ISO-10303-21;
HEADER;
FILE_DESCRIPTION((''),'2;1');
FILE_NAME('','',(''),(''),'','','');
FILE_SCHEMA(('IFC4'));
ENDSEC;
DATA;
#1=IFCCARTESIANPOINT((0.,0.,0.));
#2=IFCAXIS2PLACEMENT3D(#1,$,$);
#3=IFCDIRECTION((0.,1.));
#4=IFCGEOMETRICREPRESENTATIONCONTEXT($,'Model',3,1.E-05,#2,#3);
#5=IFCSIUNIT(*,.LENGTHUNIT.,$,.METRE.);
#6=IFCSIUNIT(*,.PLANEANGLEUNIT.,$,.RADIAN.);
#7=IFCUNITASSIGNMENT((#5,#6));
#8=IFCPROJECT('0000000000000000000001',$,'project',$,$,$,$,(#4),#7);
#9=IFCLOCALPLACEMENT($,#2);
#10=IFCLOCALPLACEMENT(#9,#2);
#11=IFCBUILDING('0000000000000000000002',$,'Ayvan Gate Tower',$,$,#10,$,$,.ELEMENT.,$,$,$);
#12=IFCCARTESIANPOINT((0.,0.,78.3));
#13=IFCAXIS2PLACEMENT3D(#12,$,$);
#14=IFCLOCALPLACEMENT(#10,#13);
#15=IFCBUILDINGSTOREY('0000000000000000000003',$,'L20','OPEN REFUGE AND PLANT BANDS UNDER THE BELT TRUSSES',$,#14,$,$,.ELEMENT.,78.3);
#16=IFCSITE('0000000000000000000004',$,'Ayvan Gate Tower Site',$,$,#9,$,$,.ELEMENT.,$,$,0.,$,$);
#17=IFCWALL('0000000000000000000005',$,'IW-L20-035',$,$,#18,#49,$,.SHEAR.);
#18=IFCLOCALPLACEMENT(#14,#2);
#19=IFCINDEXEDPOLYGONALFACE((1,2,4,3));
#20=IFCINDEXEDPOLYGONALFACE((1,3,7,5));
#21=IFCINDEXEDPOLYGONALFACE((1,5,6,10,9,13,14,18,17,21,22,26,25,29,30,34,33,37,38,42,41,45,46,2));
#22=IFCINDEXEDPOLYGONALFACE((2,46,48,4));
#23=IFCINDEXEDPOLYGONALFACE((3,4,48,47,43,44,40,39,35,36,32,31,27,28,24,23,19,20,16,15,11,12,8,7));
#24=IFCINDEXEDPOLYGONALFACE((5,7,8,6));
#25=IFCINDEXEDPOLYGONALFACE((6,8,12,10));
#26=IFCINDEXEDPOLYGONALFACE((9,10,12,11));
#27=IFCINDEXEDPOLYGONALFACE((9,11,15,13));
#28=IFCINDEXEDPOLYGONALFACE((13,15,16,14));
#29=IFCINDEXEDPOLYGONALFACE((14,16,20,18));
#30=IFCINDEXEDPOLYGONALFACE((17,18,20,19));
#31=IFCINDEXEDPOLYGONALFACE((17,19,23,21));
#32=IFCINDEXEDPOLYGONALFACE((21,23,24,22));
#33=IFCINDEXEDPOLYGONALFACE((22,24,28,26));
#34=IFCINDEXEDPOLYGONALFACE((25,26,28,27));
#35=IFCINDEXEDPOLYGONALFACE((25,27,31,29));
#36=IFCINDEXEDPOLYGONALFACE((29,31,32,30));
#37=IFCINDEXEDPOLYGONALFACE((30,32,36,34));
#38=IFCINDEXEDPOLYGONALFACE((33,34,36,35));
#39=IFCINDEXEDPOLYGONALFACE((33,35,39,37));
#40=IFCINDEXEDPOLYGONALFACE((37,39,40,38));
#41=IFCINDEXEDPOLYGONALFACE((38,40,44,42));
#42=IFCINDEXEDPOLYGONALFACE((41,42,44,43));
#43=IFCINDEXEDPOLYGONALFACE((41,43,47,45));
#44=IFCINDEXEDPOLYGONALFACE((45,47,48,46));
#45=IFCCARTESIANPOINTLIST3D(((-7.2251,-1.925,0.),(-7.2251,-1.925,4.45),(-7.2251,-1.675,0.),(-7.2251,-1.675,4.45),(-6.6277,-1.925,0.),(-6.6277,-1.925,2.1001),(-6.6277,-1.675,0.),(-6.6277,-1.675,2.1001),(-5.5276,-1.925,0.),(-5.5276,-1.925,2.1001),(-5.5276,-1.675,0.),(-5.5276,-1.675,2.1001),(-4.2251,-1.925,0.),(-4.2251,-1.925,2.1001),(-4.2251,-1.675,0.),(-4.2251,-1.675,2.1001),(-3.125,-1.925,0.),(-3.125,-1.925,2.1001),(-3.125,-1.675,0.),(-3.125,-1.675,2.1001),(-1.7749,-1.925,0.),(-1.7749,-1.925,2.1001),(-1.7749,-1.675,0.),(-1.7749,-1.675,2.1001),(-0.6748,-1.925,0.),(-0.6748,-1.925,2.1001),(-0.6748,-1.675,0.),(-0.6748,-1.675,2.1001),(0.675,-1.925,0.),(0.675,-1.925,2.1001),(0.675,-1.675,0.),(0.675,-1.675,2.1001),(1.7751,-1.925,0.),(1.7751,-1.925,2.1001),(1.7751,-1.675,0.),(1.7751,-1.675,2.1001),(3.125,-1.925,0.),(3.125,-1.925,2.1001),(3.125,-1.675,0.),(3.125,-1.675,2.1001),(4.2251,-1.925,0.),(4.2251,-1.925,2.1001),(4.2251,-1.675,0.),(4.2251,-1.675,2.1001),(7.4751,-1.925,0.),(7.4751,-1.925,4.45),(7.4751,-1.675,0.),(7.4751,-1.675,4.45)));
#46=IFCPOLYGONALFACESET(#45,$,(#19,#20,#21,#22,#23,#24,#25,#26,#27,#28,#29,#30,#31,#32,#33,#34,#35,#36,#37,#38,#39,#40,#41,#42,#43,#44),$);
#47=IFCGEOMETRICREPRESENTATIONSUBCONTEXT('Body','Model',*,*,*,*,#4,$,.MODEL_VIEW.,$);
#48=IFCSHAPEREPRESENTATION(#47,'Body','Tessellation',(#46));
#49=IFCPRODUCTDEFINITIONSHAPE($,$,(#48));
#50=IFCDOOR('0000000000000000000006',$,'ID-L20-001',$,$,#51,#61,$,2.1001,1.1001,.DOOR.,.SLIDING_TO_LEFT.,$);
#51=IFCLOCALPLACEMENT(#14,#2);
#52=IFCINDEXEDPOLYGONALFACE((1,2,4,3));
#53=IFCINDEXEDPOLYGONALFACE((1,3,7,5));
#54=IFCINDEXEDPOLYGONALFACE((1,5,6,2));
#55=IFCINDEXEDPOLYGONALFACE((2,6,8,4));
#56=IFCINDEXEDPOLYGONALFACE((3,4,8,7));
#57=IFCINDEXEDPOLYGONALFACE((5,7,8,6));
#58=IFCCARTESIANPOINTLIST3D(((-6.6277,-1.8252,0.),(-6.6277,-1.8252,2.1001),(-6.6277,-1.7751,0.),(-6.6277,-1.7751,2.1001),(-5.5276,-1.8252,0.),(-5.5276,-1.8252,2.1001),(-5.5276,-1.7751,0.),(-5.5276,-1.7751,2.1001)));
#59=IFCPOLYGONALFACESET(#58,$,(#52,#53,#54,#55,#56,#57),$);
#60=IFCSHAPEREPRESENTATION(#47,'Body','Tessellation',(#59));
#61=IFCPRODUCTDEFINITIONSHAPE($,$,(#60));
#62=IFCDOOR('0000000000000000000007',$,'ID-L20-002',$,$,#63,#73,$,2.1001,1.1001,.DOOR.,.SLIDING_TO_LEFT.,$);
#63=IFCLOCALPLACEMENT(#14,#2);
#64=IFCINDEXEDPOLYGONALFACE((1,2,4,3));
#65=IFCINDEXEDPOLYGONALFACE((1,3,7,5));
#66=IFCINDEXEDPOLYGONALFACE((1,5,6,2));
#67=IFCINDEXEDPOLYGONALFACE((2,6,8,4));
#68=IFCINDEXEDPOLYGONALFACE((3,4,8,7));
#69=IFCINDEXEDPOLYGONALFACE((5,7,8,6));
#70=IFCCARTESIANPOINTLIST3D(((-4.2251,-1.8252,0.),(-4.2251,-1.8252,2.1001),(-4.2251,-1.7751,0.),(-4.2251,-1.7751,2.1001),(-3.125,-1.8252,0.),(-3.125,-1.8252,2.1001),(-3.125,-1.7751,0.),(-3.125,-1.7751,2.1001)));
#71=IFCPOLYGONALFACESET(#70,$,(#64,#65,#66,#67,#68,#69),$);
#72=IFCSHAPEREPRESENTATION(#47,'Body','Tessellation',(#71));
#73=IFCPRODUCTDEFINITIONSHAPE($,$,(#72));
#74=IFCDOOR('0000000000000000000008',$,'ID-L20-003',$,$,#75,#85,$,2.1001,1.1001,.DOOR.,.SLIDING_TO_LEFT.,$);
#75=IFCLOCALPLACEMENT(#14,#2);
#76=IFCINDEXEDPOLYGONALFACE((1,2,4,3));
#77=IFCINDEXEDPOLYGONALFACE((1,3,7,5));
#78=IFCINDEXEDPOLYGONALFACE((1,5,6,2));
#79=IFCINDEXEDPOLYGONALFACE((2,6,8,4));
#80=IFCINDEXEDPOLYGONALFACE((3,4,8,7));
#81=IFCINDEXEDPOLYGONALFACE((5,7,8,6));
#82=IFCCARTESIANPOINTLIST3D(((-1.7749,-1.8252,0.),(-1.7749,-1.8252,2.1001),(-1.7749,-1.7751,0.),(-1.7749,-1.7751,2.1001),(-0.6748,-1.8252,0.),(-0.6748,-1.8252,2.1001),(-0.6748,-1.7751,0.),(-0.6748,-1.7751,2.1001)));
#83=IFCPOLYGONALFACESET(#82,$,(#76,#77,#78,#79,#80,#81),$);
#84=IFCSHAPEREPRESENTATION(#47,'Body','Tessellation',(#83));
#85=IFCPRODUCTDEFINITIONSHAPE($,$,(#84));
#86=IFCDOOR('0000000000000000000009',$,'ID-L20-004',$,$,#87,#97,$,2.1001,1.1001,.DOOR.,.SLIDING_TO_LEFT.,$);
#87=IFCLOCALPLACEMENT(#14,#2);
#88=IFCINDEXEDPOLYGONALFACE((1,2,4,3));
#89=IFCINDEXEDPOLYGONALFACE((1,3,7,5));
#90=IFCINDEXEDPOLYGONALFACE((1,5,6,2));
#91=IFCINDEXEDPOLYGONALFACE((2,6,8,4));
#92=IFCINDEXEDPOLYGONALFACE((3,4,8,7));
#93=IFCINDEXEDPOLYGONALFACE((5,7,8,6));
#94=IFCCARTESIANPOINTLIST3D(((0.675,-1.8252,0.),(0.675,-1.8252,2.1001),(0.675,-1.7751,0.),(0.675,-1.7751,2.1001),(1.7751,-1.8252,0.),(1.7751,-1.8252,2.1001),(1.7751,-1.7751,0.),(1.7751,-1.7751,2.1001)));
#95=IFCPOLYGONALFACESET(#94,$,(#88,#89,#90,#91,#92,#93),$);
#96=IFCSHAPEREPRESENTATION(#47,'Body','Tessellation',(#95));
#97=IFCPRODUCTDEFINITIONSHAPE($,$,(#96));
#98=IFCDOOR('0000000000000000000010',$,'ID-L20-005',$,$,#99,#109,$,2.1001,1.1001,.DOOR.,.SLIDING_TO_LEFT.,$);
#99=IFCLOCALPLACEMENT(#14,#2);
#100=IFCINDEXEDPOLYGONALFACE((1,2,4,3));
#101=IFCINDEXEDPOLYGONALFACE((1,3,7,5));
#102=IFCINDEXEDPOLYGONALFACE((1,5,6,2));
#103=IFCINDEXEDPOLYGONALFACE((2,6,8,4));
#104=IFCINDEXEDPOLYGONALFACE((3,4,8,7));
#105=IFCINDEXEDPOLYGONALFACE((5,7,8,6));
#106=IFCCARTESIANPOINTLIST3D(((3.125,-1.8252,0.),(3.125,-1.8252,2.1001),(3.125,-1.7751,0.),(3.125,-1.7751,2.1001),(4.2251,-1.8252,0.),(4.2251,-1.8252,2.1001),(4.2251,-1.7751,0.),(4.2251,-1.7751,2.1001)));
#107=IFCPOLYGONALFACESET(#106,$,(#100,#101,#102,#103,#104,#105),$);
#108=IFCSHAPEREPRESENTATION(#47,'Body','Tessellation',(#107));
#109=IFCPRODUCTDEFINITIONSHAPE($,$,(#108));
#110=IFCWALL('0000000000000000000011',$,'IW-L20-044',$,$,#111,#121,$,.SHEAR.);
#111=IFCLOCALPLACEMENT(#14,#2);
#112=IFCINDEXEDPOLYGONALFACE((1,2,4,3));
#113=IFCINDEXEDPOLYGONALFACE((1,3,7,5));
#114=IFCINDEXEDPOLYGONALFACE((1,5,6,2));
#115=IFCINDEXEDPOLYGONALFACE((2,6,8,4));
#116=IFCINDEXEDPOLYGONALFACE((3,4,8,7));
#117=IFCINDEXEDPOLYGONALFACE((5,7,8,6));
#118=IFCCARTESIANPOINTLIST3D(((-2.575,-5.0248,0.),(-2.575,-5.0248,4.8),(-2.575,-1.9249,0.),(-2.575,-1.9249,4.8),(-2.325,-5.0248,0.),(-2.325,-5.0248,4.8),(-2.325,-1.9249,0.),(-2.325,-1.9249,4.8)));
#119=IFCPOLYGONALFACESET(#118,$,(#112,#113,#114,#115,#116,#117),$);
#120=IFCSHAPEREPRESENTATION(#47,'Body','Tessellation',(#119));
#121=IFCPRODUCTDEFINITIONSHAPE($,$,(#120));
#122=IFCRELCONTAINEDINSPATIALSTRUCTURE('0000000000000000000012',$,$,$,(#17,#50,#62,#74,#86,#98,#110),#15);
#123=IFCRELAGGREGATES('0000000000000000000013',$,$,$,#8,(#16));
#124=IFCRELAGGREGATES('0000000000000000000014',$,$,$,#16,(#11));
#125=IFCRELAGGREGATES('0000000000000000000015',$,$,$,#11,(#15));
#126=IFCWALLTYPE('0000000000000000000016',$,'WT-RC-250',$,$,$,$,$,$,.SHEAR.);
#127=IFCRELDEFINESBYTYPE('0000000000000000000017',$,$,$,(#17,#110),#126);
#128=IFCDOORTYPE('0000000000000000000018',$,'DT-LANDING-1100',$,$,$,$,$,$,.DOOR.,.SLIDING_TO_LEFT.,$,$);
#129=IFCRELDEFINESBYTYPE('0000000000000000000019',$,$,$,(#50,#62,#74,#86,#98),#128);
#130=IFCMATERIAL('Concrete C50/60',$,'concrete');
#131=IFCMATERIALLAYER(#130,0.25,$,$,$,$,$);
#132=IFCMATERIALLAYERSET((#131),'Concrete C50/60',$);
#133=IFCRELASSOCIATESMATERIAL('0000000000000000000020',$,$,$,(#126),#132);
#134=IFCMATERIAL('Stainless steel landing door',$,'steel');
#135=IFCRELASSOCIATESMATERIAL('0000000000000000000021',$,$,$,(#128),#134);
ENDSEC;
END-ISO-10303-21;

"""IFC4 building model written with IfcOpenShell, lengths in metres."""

from ifc_helpers import new_model, si_unit, direction, frame, frame_2d, origin, place, context, subcontext, project, spatial, rectangle, extrude, material, layer, layer_set, type_object, element, fill, save


model = new_model("IFC4")

# Units and contexts
model_context = context("Model", 3, precision=1e-05, world=origin(), true_north=direction((0.0, 1.0)))
body_context = subcontext(model_context, "Body", "Model", "MODEL_VIEW")
ifc_project = project(units=[si_unit("LENGTHUNIT", "METRE"), si_unit("PLANEANGLEUNIT", "RADIAN")], contexts=[model_context])

# Site, building, storey
site_placement = place(None, origin())
site = spatial("IfcSite", under=ifc_project, at=site_placement, Name="Ayvan Gate Tower Site", CompositionType="ELEMENT", RefElevation=0.0)
building_placement = place(site_placement, origin())
building = spatial("IfcBuilding", under=site, at=building_placement, Name="Ayvan Gate Tower", CompositionType="ELEMENT")
storey_placement = place(building_placement, frame((0.0, 0.0, 78.3)))
storey = spatial("IfcBuildingStorey", under=building, at=storey_placement, Name="L20", Description="OPEN REFUGE AND PLANT BANDS UNDER THE BELT TRUSSES", CompositionType="ELEMENT", Elevation=78.3)

# Shared definitions
ifc_material_1 = material(Name="Concrete C50/60", Category="concrete")
ifc_layer_1 = layer(ifc_material_1, 0.25)
ifc_layer_set_1 = layer_set([ifc_layer_1], Name="Concrete C50/60")
wall_type_1 = type_object("IfcWallType", Name="WT-RC-250", PredefinedType="SHEAR", material=ifc_layer_set_1)

# Wall, openings, doors
wall_1_placement = place(storey_placement, frame((-7.2251, -1.8, 0.0), z_axis=(0.0, 0.0, 1.0), x_axis=(1.0, 0.0, 0.0)))
wall_1 = element("IfcWall", 1, at=wall_1_placement, inside=storey, type_object=wall_type_1, Name="IW-L20-035", PredefinedType="SHEAR", context=body_context, shape_type="SweptSolid", body=[
    extrude(rectangle(XDim=14.7002, YDim=0.25, at=frame_2d((7.3501, 0.0))), origin(), (0.0, 0.0, 1.0), 4.45),
])
opening_1_placement = place(wall_1_placement, frame((0.5974, 0.0, 0.0)))
opening_1 = element("IfcOpeningElement", 2, at=opening_1_placement, cuts=wall_1, PredefinedType="OPENING", context=body_context, shape_type="SweptSolid", body=[
    extrude(rectangle(XDim=1.1001, YDim=2.1001, at=frame_2d((0.55, 1.05))), frame((0.0, 0.135, 0.0), z_axis=(0.0, -1.0, 0.0), x_axis=(1.0, 0.0, 0.0)), (0.0, 0.0, 1.0), 0.27),
])
opening_2_placement = place(wall_1_placement, frame((3.0, 0.0, 0.0)))
opening_2 = element("IfcOpeningElement", 3, at=opening_2_placement, cuts=wall_1, PredefinedType="OPENING", context=body_context, shape_type="SweptSolid", body=[
    extrude(rectangle(XDim=1.1001, YDim=2.1001, at=frame_2d((0.55, 1.05))), frame((0.0, 0.135, 0.0), z_axis=(0.0, -1.0, 0.0), x_axis=(1.0, 0.0, 0.0)), (0.0, 0.0, 1.0), 0.27),
])
opening_3_placement = place(wall_1_placement, frame((5.4502, 0.0, 0.0)))
opening_3 = element("IfcOpeningElement", 4, at=opening_3_placement, cuts=wall_1, PredefinedType="OPENING", context=body_context, shape_type="SweptSolid", body=[
    extrude(rectangle(XDim=1.1001, YDim=2.1001, at=frame_2d((0.55, 1.05))), frame((0.0, 0.135, 0.0), z_axis=(0.0, -1.0, 0.0), x_axis=(1.0, 0.0, 0.0)), (0.0, 0.0, 1.0), 0.27),
])
opening_4_placement = place(wall_1_placement, frame((7.9001, 0.0, 0.0)))
opening_4 = element("IfcOpeningElement", 5, at=opening_4_placement, cuts=wall_1, PredefinedType="OPENING", context=body_context, shape_type="SweptSolid", body=[
    extrude(rectangle(XDim=1.1001, YDim=2.1001, at=frame_2d((0.55, 1.05))), frame((0.0, 0.135, 0.0), z_axis=(0.0, -1.0, 0.0), x_axis=(1.0, 0.0, 0.0)), (0.0, 0.0, 1.0), 0.27),
])
opening_5_placement = place(wall_1_placement, frame((10.3501, 0.0, 0.0)))
opening_5 = element("IfcOpeningElement", 6, at=opening_5_placement, cuts=wall_1, PredefinedType="OPENING", context=body_context, shape_type="SweptSolid", body=[
    extrude(rectangle(XDim=1.1001, YDim=2.1001, at=frame_2d((0.55, 1.05))), frame((0.0, 0.135, 0.0), z_axis=(0.0, -1.0, 0.0), x_axis=(1.0, 0.0, 0.0)), (0.0, 0.0, 1.0), 0.27),
])
ifc_material_2 = material(Name="Stainless steel landing door", Category="steel")
door_type_1 = type_object("IfcDoorType", Name="DT-LANDING-1100", OperationType="SLIDING_TO_LEFT", PredefinedType="DOOR", material=ifc_material_2)
door_1_placement = place(opening_1_placement, origin())
door_1 = element("IfcDoor", 7, at=door_1_placement, inside=storey, type_object=door_type_1, Name="ID-L20-001", OperationType="SLIDING_TO_LEFT", OverallHeight=2.1001, OverallWidth=1.1001, PredefinedType="DOOR", context=body_context, shape_type="SweptSolid", body=[
    extrude(rectangle(XDim=1.1001, YDim=2.1001, at=frame_2d((0.55, 1.05))), frame((0.0, 0.0249, 0.0), z_axis=(0.0, -1.0, 0.0), x_axis=(1.0, 0.0, 0.0)), (0.0, 0.0, 1.0), 0.05),
])
fill(opening_1, door_1)
door_2_placement = place(opening_2_placement, origin())
door_2 = element("IfcDoor", 8, at=door_2_placement, inside=storey, type_object=door_type_1, Name="ID-L20-002", OperationType="SLIDING_TO_LEFT", OverallHeight=2.1001, OverallWidth=1.1001, PredefinedType="DOOR", context=body_context, shape_type="SweptSolid", body=[
    extrude(rectangle(XDim=1.1001, YDim=2.1001, at=frame_2d((0.55, 1.05))), frame((0.0, 0.0249, 0.0), z_axis=(0.0, -1.0, 0.0), x_axis=(1.0, 0.0, 0.0)), (0.0, 0.0, 1.0), 0.05),
])
fill(opening_2, door_2)
door_3_placement = place(opening_3_placement, origin())
door_3 = element("IfcDoor", 9, at=door_3_placement, inside=storey, type_object=door_type_1, Name="ID-L20-003", OperationType="SLIDING_TO_LEFT", OverallHeight=2.1001, OverallWidth=1.1001, PredefinedType="DOOR", context=body_context, shape_type="SweptSolid", body=[
    extrude(rectangle(XDim=1.1001, YDim=2.1001, at=frame_2d((0.55, 1.05))), frame((0.0, 0.0249, 0.0), z_axis=(0.0, -1.0, 0.0), x_axis=(1.0, 0.0, 0.0)), (0.0, 0.0, 1.0), 0.05),
])
fill(opening_3, door_3)
door_4_placement = place(opening_4_placement, origin())
door_4 = element("IfcDoor", 10, at=door_4_placement, inside=storey, type_object=door_type_1, Name="ID-L20-004", OperationType="SLIDING_TO_LEFT", OverallHeight=2.1001, OverallWidth=1.1001, PredefinedType="DOOR", context=body_context, shape_type="SweptSolid", body=[
    extrude(rectangle(XDim=1.1001, YDim=2.1001, at=frame_2d((0.55, 1.05))), frame((0.0, 0.0249, 0.0), z_axis=(0.0, -1.0, 0.0), x_axis=(1.0, 0.0, 0.0)), (0.0, 0.0, 1.0), 0.05),
])
fill(opening_4, door_4)
door_5_placement = place(opening_5_placement, origin())
door_5 = element("IfcDoor", 11, at=door_5_placement, inside=storey, type_object=door_type_1, Name="ID-L20-005", OperationType="SLIDING_TO_LEFT", OverallHeight=2.1001, OverallWidth=1.1001, PredefinedType="DOOR", context=body_context, shape_type="SweptSolid", body=[
    extrude(rectangle(XDim=1.1001, YDim=2.1001, at=frame_2d((0.55, 1.05))), frame((0.0, 0.0249, 0.0), z_axis=(0.0, -1.0, 0.0), x_axis=(1.0, 0.0, 0.0)), (0.0, 0.0, 1.0), 0.05),
])
fill(opening_5, door_5)

# Wall
wall_2_placement = place(storey_placement, frame((-2.45, -1.925, 0.0), z_axis=(0.0, 0.0, 1.0), x_axis=(0.0, -1.0, 0.0)))
element("IfcWall", 12, at=wall_2_placement, inside=storey, type_object=wall_type_1, Name="IW-L20-044", PredefinedType="SHEAR", context=body_context, shape_type="SweptSolid", body=[
    extrude(rectangle(XDim=3.0999, YDim=0.25, at=frame_2d((1.5498, 0.0))), origin(), (0.0, 0.0, 1.0), 4.8),
])

save(model, "model.ifc")
